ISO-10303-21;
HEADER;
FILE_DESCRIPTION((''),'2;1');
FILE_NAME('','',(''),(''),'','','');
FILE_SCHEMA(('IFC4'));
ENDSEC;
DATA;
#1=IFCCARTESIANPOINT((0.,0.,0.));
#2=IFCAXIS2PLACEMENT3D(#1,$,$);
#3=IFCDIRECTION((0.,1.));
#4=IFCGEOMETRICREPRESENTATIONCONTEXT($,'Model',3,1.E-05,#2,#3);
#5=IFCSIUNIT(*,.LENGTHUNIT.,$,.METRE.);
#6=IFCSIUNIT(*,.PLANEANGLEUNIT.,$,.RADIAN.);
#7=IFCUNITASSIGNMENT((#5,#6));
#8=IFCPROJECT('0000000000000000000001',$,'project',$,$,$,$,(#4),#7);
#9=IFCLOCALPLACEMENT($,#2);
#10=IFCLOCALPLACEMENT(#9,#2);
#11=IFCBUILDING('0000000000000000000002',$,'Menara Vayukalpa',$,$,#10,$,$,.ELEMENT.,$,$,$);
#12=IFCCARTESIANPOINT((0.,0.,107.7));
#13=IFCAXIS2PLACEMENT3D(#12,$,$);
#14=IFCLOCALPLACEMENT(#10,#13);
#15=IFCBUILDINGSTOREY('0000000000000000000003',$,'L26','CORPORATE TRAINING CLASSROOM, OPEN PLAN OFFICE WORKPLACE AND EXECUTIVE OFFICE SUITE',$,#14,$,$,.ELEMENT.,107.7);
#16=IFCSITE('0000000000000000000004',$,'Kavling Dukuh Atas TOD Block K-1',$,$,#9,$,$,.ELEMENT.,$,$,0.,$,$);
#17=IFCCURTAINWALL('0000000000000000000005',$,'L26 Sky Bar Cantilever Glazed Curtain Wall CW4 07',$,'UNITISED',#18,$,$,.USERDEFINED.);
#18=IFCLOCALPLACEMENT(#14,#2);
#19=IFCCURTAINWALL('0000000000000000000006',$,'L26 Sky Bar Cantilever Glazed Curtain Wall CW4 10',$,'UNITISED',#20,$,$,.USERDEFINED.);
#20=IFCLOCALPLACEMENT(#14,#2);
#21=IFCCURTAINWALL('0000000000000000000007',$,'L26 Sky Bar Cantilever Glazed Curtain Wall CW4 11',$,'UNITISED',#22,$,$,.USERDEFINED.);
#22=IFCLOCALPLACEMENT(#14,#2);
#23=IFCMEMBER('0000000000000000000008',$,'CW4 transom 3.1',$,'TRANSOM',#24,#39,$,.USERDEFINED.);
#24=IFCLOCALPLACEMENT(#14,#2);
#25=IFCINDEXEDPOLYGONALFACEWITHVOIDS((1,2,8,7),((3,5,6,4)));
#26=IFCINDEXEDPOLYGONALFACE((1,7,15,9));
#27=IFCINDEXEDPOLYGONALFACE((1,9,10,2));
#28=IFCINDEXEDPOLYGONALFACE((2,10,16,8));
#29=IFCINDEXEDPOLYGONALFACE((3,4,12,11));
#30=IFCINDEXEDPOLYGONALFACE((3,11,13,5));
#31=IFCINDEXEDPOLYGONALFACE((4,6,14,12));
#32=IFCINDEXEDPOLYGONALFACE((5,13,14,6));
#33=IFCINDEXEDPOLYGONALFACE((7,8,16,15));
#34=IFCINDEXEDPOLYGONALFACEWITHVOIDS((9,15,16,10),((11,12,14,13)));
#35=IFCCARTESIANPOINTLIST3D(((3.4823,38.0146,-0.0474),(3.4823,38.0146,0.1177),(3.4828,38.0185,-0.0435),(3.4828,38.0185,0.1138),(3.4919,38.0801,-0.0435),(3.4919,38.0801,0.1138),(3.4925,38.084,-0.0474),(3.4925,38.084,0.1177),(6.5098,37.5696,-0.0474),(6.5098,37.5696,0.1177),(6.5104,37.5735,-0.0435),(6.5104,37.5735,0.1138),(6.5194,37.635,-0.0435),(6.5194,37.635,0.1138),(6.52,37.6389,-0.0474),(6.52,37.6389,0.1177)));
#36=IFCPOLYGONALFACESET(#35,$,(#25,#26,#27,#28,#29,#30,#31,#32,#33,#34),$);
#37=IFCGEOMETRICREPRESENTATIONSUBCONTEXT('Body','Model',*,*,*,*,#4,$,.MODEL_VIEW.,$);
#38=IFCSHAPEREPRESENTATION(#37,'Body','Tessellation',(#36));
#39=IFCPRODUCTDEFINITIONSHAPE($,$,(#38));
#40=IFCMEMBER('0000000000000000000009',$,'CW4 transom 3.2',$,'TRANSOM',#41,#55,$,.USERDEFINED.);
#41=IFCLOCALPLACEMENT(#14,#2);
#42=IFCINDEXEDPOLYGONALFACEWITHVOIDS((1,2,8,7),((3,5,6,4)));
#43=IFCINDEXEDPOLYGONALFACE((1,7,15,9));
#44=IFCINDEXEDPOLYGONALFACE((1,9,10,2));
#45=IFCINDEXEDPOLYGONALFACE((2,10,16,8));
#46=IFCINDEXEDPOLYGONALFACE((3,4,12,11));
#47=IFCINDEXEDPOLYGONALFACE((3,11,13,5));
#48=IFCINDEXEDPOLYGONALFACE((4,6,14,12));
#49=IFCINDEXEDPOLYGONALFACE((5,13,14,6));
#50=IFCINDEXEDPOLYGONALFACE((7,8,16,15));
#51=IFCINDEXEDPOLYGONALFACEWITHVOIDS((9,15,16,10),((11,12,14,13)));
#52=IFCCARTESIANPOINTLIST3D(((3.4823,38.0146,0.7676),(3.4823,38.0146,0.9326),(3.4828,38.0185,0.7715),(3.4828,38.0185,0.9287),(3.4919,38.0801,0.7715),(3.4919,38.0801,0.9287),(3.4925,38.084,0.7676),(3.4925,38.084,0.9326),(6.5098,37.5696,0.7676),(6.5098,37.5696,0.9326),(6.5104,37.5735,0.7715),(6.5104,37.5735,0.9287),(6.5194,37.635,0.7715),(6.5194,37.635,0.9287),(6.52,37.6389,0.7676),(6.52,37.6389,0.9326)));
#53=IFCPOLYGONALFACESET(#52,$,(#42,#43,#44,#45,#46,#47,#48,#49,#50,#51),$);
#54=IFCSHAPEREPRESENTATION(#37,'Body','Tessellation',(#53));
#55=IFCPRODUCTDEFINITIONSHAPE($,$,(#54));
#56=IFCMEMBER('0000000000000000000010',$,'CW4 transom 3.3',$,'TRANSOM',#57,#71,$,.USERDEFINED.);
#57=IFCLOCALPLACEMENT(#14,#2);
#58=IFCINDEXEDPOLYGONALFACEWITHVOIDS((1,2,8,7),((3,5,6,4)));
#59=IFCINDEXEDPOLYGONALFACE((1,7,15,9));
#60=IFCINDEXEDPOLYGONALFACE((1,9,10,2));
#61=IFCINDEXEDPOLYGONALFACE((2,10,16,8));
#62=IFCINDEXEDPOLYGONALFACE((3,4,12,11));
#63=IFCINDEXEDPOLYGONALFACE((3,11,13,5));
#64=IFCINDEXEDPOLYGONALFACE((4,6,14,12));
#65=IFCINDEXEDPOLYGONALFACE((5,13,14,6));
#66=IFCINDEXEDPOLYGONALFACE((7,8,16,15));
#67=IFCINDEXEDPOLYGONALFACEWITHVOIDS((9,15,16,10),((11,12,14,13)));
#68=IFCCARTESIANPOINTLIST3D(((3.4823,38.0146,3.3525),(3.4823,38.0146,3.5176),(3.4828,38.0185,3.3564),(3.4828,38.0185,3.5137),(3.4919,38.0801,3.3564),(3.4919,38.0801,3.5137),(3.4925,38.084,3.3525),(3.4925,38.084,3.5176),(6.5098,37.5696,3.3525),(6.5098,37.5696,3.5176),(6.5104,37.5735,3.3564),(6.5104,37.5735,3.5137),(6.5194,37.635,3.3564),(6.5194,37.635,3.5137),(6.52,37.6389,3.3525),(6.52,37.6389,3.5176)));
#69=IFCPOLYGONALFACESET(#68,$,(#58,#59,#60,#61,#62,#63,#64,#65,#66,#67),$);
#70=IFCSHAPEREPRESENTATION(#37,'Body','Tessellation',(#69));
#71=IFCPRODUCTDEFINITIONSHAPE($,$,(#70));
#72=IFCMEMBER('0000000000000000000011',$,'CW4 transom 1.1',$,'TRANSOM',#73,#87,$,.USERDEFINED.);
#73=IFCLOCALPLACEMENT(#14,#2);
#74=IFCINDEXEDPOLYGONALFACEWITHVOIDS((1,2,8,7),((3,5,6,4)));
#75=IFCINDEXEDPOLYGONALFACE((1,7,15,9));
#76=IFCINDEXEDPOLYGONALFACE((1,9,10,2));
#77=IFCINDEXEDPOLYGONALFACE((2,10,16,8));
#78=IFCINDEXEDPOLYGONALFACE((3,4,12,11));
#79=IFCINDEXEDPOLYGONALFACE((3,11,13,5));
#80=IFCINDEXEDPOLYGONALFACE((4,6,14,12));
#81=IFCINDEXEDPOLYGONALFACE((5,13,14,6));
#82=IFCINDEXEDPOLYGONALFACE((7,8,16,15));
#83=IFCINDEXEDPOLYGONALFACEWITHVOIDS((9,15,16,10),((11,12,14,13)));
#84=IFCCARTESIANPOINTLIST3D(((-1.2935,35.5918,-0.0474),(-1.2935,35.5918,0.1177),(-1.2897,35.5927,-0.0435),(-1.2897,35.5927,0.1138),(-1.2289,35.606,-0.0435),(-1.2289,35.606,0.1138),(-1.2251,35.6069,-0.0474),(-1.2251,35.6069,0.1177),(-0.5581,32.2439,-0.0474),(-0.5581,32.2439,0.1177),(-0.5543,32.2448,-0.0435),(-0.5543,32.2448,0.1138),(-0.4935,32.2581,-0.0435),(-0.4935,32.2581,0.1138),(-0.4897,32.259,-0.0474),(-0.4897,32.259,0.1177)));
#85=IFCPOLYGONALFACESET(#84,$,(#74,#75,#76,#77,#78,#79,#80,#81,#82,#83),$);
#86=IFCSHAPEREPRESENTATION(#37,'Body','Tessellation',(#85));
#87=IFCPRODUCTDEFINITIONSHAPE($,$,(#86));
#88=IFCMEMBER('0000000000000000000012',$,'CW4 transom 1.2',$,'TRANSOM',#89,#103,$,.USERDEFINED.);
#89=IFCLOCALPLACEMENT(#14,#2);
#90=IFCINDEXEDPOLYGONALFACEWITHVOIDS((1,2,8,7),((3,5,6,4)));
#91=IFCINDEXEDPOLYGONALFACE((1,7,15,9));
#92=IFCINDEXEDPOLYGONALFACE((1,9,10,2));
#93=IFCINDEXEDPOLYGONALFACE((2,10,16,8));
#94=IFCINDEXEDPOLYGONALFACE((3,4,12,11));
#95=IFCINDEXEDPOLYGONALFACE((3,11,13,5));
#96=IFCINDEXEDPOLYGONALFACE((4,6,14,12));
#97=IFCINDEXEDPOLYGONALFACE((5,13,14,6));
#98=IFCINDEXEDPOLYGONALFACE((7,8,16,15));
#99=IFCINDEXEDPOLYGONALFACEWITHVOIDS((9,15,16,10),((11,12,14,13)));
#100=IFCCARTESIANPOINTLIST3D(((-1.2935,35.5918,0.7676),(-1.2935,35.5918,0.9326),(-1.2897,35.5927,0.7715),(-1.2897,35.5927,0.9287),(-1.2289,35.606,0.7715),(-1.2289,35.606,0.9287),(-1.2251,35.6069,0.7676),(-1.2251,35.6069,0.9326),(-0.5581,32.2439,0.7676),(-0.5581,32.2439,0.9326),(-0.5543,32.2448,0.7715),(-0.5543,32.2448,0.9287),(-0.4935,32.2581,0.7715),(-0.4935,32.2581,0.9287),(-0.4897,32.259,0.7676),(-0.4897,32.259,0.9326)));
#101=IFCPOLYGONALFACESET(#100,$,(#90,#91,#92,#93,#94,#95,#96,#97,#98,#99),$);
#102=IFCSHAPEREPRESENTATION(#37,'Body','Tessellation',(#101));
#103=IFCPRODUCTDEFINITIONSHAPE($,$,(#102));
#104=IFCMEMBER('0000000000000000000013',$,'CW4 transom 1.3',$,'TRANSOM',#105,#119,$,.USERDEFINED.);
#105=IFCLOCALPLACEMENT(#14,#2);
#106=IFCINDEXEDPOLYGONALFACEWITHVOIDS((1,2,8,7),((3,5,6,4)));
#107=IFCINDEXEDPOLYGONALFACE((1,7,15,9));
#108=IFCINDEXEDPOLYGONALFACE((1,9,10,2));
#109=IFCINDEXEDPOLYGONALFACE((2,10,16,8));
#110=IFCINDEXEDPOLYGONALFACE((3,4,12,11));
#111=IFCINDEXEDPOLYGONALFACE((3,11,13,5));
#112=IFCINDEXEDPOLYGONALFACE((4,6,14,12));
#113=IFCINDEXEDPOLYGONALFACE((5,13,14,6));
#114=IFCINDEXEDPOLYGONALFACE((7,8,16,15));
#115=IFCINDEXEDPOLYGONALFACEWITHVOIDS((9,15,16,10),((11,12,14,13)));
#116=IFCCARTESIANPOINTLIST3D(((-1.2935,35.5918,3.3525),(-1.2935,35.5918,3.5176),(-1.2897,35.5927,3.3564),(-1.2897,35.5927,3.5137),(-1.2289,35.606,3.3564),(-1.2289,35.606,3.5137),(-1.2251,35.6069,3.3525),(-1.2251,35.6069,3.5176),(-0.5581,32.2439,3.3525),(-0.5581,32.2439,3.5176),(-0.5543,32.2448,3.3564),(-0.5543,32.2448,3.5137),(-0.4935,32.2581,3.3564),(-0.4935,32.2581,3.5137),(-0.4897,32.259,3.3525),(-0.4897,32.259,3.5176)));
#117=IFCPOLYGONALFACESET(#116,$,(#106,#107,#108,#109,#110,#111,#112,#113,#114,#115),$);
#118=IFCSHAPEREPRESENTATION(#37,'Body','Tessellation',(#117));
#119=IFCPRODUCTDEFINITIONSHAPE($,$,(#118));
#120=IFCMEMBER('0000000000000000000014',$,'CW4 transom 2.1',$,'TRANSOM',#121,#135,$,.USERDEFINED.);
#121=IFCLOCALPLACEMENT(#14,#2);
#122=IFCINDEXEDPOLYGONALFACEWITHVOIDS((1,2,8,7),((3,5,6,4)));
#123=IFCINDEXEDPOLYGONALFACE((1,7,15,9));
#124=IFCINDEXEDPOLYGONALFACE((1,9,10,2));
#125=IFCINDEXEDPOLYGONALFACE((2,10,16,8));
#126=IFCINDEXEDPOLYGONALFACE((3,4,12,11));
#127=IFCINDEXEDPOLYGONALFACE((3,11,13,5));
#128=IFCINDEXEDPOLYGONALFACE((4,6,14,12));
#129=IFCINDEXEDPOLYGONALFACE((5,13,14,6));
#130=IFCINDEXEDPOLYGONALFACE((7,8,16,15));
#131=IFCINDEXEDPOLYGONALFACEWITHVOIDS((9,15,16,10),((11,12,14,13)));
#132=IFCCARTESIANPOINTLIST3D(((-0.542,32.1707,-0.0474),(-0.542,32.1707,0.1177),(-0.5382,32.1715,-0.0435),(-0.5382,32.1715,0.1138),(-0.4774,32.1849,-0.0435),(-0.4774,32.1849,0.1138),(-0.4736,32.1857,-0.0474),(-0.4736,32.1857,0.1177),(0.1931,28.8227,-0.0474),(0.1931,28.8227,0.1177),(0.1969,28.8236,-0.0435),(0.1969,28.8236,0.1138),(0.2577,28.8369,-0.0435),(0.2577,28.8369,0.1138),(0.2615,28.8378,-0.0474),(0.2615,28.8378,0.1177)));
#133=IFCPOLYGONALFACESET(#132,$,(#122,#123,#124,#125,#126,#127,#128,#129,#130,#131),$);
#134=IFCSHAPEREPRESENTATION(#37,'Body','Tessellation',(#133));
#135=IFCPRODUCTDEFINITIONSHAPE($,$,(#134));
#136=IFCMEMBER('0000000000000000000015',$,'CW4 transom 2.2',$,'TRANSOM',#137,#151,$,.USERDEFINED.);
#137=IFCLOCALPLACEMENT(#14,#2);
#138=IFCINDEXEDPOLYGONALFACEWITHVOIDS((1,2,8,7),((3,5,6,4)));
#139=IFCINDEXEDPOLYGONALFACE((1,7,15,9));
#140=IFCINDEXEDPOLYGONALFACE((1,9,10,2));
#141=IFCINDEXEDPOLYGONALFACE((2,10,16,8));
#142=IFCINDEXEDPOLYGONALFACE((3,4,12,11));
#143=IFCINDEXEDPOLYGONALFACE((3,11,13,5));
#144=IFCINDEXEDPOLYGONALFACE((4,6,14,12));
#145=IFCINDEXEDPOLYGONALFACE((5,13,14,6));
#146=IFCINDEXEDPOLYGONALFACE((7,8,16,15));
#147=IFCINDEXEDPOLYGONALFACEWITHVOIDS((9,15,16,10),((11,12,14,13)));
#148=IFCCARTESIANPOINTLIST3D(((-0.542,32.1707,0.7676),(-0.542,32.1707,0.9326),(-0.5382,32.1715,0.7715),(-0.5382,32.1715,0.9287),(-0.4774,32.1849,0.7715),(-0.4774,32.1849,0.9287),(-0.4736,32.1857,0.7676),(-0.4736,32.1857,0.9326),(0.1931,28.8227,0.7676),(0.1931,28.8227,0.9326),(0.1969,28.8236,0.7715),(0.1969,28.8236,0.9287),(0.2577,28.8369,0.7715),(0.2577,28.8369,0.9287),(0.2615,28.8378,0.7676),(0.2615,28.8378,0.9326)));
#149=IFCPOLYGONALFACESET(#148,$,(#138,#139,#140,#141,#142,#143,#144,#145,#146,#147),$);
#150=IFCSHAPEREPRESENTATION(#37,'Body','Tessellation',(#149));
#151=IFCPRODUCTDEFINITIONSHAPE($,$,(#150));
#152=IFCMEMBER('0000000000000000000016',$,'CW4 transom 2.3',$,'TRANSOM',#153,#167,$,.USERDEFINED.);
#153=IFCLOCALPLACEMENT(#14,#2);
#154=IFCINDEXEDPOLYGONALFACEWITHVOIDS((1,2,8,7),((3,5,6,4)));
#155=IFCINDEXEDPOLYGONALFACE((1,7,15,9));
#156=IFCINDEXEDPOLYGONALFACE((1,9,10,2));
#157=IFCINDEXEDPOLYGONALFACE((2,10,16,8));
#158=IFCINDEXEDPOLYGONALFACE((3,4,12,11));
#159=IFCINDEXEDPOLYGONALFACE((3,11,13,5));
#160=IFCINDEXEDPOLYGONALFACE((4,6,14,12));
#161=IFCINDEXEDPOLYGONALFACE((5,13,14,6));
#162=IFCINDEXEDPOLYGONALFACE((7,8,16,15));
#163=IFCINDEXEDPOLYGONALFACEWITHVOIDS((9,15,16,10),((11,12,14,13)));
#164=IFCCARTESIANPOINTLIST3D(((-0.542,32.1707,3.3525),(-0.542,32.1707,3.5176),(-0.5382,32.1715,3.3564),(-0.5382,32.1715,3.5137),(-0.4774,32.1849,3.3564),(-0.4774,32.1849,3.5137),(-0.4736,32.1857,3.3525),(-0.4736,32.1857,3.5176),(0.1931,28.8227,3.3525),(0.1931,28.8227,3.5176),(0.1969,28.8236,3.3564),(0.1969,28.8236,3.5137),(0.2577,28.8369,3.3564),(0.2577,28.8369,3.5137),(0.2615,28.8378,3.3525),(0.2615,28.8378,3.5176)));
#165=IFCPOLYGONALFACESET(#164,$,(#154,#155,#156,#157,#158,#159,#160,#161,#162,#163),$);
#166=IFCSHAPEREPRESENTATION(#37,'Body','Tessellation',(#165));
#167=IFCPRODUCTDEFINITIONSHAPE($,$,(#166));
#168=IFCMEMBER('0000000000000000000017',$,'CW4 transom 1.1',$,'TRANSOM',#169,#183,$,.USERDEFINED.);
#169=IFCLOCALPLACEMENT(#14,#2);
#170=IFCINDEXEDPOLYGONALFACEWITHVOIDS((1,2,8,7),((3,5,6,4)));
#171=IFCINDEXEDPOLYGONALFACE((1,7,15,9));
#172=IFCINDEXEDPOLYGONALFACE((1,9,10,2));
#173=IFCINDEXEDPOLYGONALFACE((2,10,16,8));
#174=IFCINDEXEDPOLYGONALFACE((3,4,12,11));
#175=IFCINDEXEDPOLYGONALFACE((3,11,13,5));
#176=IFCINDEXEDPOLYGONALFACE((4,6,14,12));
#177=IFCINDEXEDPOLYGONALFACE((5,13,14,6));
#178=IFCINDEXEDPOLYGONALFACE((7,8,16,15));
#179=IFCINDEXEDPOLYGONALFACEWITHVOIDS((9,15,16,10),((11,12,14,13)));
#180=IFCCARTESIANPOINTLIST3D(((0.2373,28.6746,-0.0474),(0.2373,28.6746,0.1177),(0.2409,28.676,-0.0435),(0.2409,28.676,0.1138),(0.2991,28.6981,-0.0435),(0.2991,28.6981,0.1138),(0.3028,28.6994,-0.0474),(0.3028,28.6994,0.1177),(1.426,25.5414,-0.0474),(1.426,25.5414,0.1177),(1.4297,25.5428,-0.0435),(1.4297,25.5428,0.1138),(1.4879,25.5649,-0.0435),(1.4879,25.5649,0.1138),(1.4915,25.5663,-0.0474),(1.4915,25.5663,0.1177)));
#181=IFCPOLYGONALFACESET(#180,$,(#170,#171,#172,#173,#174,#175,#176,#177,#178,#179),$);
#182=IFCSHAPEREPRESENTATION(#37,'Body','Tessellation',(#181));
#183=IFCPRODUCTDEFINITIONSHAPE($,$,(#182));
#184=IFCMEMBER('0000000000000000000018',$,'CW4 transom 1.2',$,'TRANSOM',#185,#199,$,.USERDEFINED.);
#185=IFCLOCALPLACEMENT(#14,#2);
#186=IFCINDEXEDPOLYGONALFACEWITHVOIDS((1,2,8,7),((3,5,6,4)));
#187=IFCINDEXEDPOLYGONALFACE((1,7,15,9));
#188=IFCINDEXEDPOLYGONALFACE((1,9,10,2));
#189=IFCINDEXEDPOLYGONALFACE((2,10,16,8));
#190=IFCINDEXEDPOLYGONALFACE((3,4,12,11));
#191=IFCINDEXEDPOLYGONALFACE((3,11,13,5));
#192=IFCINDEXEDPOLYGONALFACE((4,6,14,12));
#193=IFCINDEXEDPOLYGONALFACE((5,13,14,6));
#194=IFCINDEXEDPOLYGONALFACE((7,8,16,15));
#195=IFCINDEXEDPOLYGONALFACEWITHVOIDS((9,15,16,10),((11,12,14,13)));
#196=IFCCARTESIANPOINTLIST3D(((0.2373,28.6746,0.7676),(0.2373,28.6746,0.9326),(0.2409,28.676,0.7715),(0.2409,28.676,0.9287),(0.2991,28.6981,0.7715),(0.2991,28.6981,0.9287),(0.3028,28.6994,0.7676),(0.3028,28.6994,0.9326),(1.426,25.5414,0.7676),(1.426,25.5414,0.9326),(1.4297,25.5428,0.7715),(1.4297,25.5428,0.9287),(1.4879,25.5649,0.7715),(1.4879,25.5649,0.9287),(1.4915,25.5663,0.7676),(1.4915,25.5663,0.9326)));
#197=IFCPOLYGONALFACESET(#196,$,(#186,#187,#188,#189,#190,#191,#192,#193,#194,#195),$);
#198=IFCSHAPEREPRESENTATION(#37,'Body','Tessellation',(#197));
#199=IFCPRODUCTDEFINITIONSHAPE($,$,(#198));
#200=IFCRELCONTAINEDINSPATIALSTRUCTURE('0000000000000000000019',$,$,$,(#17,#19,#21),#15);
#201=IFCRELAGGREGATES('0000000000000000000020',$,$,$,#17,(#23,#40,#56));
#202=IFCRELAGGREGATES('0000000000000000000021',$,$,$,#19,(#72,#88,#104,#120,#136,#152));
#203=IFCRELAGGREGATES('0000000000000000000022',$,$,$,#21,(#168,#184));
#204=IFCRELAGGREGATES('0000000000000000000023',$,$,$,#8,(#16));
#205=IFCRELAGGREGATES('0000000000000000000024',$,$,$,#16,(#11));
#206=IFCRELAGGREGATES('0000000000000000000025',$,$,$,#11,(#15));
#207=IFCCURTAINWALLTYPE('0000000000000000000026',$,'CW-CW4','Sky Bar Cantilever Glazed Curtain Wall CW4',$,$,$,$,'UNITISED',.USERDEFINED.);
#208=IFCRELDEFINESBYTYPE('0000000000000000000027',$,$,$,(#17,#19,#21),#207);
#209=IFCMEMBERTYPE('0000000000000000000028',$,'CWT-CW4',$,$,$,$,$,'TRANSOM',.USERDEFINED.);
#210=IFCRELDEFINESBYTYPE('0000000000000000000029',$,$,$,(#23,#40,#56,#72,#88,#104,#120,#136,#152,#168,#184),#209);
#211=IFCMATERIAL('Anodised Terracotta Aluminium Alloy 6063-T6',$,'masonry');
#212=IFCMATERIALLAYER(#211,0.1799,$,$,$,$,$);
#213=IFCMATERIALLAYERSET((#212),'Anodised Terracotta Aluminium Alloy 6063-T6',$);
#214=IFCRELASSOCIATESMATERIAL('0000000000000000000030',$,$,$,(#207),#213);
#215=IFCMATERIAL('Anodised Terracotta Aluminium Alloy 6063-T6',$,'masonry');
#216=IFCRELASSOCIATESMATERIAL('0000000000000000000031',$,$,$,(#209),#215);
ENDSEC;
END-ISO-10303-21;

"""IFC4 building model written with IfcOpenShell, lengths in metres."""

from ifc_helpers import new_model, si_unit, direction, frame, origin, origin_2d, place, context, subcontext, project, spatial, hollow_rectangle, extrude, material, layer, layer_set, material_profile, profile_set, type_object, element, aggregate, save


model = new_model("IFC4")

# Units and contexts
model_context = context("Model", 3, precision=1e-05, world=origin(), true_north=direction((0.0, 1.0)))
body_context = subcontext(model_context, "Body", "Model", "MODEL_VIEW")
ifc_project = project(units=[si_unit("LENGTHUNIT", "METRE"), si_unit("PLANEANGLEUNIT", "RADIAN")], contexts=[model_context])

# Site, building, storey
site_placement = place(None, origin())
site = spatial("IfcSite", under=ifc_project, at=site_placement, Name="Kavling Dukuh Atas TOD Block K-1", CompositionType="ELEMENT", RefElevation=0.0)
building_placement = place(site_placement, origin())
building = spatial("IfcBuilding", under=site, at=building_placement, Name="Menara Vayukalpa", CompositionType="ELEMENT")
storey_placement = place(building_placement, frame((0.0, 0.0, 107.7)))
storey = spatial("IfcBuildingStorey", under=building, at=storey_placement, Name="L26", Description="CORPORATE TRAINING CLASSROOM, OPEN PLAN OFFICE WORKPLACE AND EXECUTIVE OFFICE SUITE", CompositionType="ELEMENT", Elevation=107.7)

# Curtain walls
ifc_material_1 = material(Name="Anodised Terracotta Aluminium Alloy 6063-T6", Category="masonry")
ifc_layer_1 = layer(ifc_material_1, 0.1799)
ifc_layer_set_1 = layer_set([ifc_layer_1], Name="Anodised Terracotta Aluminium Alloy 6063-T6")
curtain_wall_type = type_object("IfcCurtainWallType", Name="CW-CW4", Description="Sky Bar Cantilever Glazed Curtain Wall CW4", ElementType="UNITISED", PredefinedType="USERDEFINED", material=ifc_layer_set_1)
curtain_wall_1_placement = place(storey_placement, origin())
curtain_wall_1 = element("IfcCurtainWall", 1, at=curtain_wall_1_placement, inside=storey, type_object=curtain_wall_type, Name="L26 Sky Bar Cantilever Glazed Curtain Wall CW4 07", ObjectType="UNITISED", PredefinedType="USERDEFINED")
curtain_wall_2_placement = place(storey_placement, origin())
curtain_wall_2 = element("IfcCurtainWall", 2, at=curtain_wall_2_placement, inside=storey, type_object=curtain_wall_type, Name="L26 Sky Bar Cantilever Glazed Curtain Wall CW4 10", ObjectType="UNITISED", PredefinedType="USERDEFINED")
curtain_wall_3_placement = place(storey_placement, origin())
curtain_wall_3 = element("IfcCurtainWall", 3, at=curtain_wall_3_placement, inside=storey, type_object=curtain_wall_type, Name="L26 Sky Bar Cantilever Glazed Curtain Wall CW4 11", ObjectType="UNITISED", PredefinedType="USERDEFINED")

# Members
ifc_material_2 = material(Name="Anodised Terracotta Aluminium Alloy 6063-T6", Category="masonry")
ifc_material_profile_1 = material_profile(ifc_material_2, hollow_rectangle(XDim=0.0701, YDim=0.165, WallThickness=0.0039, at=origin_2d()), Name="ALU 70x165x4")
ifc_profile_set_1 = profile_set([ifc_material_profile_1], Name="Anodised Terracotta Aluminium Alloy 6063-T6")
member_type_1 = type_object("IfcMemberType", Name="CWT-CW4", ElementType="TRANSOM", PredefinedType="USERDEFINED", material=ifc_profile_set_1)
member_1_placement = place(storey_placement, frame((6.5149, 37.6042, 0.0352), z_axis=(-0.989367, 0.145441, 0.0), x_axis=(-0.145441, -0.989367, 0.0)))
member_1 = element("IfcMember", 4, at=member_1_placement, type_object=member_type_1, Name="CW4 transom 3.1", ObjectType="TRANSOM", PredefinedType="USERDEFINED", context=body_context, shape_type="SweptSolid", body=[
    extrude(hollow_rectangle(XDim=0.0701, YDim=0.165, WallThickness=0.0039, at=origin_2d()), origin(), (0.0, 0.0, 1.0), 3.0601),
])
member_2_placement = place(storey_placement, frame((6.5149, 37.6042, 0.8501), z_axis=(-0.989367, 0.145441, 0.0), x_axis=(-0.145441, -0.989367, 0.0)))
member_2 = element("IfcMember", 5, at=member_2_placement, type_object=member_type_1, Name="CW4 transom 3.2", ObjectType="TRANSOM", PredefinedType="USERDEFINED", context=body_context, shape_type="SweptSolid", body=[
    extrude(hollow_rectangle(XDim=0.0701, YDim=0.165, WallThickness=0.0039, at=origin_2d()), origin(), (0.0, 0.0, 1.0), 3.0601),
])
member_3_placement = place(storey_placement, frame((6.5149, 37.6042, 3.4351), z_axis=(-0.989367, 0.145441, 0.0), x_axis=(-0.145441, -0.989367, 0.0)))
member_3 = element("IfcMember", 6, at=member_3_placement, type_object=member_type_1, Name="CW4 transom 3.3", ObjectType="TRANSOM", PredefinedType="USERDEFINED", context=body_context, shape_type="SweptSolid", body=[
    extrude(hollow_rectangle(XDim=0.0701, YDim=0.165, WallThickness=0.0039, at=origin_2d()), origin(), (0.0, 0.0, 1.0), 3.0601),
])
member_4_placement = place(storey_placement, frame((-1.2593, 35.5994, 0.0352), z_axis=(0.214532, -0.976717, 0.0), x_axis=(0.976717, 0.214532, 0.0)))
member_4 = element("IfcMember", 7, at=member_4_placement, type_object=member_type_1, Name="CW4 transom 1.1", ObjectType="TRANSOM", PredefinedType="USERDEFINED", context=body_context, shape_type="SweptSolid", body=[
    extrude(hollow_rectangle(XDim=0.0701, YDim=0.165, WallThickness=0.0039, at=origin_2d()), origin(), (0.0, 0.0, 1.0), 3.4277),
])
member_5_placement = place(storey_placement, frame((-1.2593, 35.5994, 0.8501), z_axis=(0.214532, -0.976717, 0.0), x_axis=(0.976717, 0.214532, 0.0)))
member_5 = element("IfcMember", 8, at=member_5_placement, type_object=member_type_1, Name="CW4 transom 1.2", ObjectType="TRANSOM", PredefinedType="USERDEFINED", context=body_context, shape_type="SweptSolid", body=[
    extrude(hollow_rectangle(XDim=0.0701, YDim=0.165, WallThickness=0.0039, at=origin_2d()), origin(), (0.0, 0.0, 1.0), 3.4277),
])
member_6_placement = place(storey_placement, frame((-1.2593, 35.5994, 3.4351), z_axis=(0.214532, -0.976717, 0.0), x_axis=(0.976717, 0.214532, 0.0)))
member_6 = element("IfcMember", 9, at=member_6_placement, type_object=member_type_1, Name="CW4 transom 1.3", ObjectType="TRANSOM", PredefinedType="USERDEFINED", context=body_context, shape_type="SweptSolid", body=[
    extrude(hollow_rectangle(XDim=0.0701, YDim=0.165, WallThickness=0.0039, at=origin_2d()), origin(), (0.0, 0.0, 1.0), 3.4277),
])
member_7_placement = place(storey_placement, frame((-0.5078, 32.1782, 0.0352), z_axis=(0.214464, -0.976732, 0.0), x_axis=(0.976732, 0.214464, 0.0)))
member_7 = element("IfcMember", 10, at=member_7_placement, type_object=member_type_1, Name="CW4 transom 2.1", ObjectType="TRANSOM", PredefinedType="USERDEFINED", context=body_context, shape_type="SweptSolid", body=[
    extrude(hollow_rectangle(XDim=0.0701, YDim=0.165, WallThickness=0.0039, at=origin_2d()), origin(), (0.0, 0.0, 1.0), 3.4277),
])
member_8_placement = place(storey_placement, frame((-0.5078, 32.1782, 0.8501), z_axis=(0.214464, -0.976732, 0.0), x_axis=(0.976732, 0.214464, 0.0)))
member_8 = element("IfcMember", 11, at=member_8_placement, type_object=member_type_1, Name="CW4 transom 2.2", ObjectType="TRANSOM", PredefinedType="USERDEFINED", context=body_context, shape_type="SweptSolid", body=[
    extrude(hollow_rectangle(XDim=0.0701, YDim=0.165, WallThickness=0.0039, at=origin_2d()), origin(), (0.0, 0.0, 1.0), 3.4277),
])
member_9_placement = place(storey_placement, frame((-0.5078, 32.1782, 3.4351), z_axis=(0.214464, -0.976732, 0.0), x_axis=(0.976732, 0.214464, 0.0)))
member_9 = element("IfcMember", 12, at=member_9_placement, type_object=member_type_1, Name="CW4 transom 2.3", ObjectType="TRANSOM", PredefinedType="USERDEFINED", context=body_context, shape_type="SweptSolid", body=[
    extrude(hollow_rectangle(XDim=0.0701, YDim=0.165, WallThickness=0.0039, at=origin_2d()), origin(), (0.0, 0.0, 1.0), 3.4277),
])
member_10_placement = place(storey_placement, frame((0.27, 28.687, 0.0352), z_axis=(0.354738, -0.934966, 0.0), x_axis=(0.934966, 0.354738, 0.0)))
member_10 = element("IfcMember", 13, at=member_10_placement, type_object=member_type_1, Name="CW4 transom 1.1", ObjectType="TRANSOM", PredefinedType="USERDEFINED", context=body_context, shape_type="SweptSolid", body=[
    extrude(hollow_rectangle(XDim=0.0701, YDim=0.165, WallThickness=0.0039, at=origin_2d()), origin(), (0.0, 0.0, 1.0), 3.3511),
])
member_11_placement = place(storey_placement, frame((0.27, 28.687, 0.8501), z_axis=(0.354738, -0.934966, 0.0), x_axis=(0.934966, 0.354738, 0.0)))
member_11 = element("IfcMember", 14, at=member_11_placement, type_object=member_type_1, Name="CW4 transom 1.2", ObjectType="TRANSOM", PredefinedType="USERDEFINED", context=body_context, shape_type="SweptSolid", body=[
    extrude(hollow_rectangle(XDim=0.0701, YDim=0.165, WallThickness=0.0039, at=origin_2d()), origin(), (0.0, 0.0, 1.0), 3.3511),
])

aggregate(curtain_wall_1, [member_1, member_2, member_3])
aggregate(curtain_wall_2, [member_4, member_5, member_6, member_7, member_8, member_9])
aggregate(curtain_wall_3, [member_10, member_11])

save(model, "model.ifc")
